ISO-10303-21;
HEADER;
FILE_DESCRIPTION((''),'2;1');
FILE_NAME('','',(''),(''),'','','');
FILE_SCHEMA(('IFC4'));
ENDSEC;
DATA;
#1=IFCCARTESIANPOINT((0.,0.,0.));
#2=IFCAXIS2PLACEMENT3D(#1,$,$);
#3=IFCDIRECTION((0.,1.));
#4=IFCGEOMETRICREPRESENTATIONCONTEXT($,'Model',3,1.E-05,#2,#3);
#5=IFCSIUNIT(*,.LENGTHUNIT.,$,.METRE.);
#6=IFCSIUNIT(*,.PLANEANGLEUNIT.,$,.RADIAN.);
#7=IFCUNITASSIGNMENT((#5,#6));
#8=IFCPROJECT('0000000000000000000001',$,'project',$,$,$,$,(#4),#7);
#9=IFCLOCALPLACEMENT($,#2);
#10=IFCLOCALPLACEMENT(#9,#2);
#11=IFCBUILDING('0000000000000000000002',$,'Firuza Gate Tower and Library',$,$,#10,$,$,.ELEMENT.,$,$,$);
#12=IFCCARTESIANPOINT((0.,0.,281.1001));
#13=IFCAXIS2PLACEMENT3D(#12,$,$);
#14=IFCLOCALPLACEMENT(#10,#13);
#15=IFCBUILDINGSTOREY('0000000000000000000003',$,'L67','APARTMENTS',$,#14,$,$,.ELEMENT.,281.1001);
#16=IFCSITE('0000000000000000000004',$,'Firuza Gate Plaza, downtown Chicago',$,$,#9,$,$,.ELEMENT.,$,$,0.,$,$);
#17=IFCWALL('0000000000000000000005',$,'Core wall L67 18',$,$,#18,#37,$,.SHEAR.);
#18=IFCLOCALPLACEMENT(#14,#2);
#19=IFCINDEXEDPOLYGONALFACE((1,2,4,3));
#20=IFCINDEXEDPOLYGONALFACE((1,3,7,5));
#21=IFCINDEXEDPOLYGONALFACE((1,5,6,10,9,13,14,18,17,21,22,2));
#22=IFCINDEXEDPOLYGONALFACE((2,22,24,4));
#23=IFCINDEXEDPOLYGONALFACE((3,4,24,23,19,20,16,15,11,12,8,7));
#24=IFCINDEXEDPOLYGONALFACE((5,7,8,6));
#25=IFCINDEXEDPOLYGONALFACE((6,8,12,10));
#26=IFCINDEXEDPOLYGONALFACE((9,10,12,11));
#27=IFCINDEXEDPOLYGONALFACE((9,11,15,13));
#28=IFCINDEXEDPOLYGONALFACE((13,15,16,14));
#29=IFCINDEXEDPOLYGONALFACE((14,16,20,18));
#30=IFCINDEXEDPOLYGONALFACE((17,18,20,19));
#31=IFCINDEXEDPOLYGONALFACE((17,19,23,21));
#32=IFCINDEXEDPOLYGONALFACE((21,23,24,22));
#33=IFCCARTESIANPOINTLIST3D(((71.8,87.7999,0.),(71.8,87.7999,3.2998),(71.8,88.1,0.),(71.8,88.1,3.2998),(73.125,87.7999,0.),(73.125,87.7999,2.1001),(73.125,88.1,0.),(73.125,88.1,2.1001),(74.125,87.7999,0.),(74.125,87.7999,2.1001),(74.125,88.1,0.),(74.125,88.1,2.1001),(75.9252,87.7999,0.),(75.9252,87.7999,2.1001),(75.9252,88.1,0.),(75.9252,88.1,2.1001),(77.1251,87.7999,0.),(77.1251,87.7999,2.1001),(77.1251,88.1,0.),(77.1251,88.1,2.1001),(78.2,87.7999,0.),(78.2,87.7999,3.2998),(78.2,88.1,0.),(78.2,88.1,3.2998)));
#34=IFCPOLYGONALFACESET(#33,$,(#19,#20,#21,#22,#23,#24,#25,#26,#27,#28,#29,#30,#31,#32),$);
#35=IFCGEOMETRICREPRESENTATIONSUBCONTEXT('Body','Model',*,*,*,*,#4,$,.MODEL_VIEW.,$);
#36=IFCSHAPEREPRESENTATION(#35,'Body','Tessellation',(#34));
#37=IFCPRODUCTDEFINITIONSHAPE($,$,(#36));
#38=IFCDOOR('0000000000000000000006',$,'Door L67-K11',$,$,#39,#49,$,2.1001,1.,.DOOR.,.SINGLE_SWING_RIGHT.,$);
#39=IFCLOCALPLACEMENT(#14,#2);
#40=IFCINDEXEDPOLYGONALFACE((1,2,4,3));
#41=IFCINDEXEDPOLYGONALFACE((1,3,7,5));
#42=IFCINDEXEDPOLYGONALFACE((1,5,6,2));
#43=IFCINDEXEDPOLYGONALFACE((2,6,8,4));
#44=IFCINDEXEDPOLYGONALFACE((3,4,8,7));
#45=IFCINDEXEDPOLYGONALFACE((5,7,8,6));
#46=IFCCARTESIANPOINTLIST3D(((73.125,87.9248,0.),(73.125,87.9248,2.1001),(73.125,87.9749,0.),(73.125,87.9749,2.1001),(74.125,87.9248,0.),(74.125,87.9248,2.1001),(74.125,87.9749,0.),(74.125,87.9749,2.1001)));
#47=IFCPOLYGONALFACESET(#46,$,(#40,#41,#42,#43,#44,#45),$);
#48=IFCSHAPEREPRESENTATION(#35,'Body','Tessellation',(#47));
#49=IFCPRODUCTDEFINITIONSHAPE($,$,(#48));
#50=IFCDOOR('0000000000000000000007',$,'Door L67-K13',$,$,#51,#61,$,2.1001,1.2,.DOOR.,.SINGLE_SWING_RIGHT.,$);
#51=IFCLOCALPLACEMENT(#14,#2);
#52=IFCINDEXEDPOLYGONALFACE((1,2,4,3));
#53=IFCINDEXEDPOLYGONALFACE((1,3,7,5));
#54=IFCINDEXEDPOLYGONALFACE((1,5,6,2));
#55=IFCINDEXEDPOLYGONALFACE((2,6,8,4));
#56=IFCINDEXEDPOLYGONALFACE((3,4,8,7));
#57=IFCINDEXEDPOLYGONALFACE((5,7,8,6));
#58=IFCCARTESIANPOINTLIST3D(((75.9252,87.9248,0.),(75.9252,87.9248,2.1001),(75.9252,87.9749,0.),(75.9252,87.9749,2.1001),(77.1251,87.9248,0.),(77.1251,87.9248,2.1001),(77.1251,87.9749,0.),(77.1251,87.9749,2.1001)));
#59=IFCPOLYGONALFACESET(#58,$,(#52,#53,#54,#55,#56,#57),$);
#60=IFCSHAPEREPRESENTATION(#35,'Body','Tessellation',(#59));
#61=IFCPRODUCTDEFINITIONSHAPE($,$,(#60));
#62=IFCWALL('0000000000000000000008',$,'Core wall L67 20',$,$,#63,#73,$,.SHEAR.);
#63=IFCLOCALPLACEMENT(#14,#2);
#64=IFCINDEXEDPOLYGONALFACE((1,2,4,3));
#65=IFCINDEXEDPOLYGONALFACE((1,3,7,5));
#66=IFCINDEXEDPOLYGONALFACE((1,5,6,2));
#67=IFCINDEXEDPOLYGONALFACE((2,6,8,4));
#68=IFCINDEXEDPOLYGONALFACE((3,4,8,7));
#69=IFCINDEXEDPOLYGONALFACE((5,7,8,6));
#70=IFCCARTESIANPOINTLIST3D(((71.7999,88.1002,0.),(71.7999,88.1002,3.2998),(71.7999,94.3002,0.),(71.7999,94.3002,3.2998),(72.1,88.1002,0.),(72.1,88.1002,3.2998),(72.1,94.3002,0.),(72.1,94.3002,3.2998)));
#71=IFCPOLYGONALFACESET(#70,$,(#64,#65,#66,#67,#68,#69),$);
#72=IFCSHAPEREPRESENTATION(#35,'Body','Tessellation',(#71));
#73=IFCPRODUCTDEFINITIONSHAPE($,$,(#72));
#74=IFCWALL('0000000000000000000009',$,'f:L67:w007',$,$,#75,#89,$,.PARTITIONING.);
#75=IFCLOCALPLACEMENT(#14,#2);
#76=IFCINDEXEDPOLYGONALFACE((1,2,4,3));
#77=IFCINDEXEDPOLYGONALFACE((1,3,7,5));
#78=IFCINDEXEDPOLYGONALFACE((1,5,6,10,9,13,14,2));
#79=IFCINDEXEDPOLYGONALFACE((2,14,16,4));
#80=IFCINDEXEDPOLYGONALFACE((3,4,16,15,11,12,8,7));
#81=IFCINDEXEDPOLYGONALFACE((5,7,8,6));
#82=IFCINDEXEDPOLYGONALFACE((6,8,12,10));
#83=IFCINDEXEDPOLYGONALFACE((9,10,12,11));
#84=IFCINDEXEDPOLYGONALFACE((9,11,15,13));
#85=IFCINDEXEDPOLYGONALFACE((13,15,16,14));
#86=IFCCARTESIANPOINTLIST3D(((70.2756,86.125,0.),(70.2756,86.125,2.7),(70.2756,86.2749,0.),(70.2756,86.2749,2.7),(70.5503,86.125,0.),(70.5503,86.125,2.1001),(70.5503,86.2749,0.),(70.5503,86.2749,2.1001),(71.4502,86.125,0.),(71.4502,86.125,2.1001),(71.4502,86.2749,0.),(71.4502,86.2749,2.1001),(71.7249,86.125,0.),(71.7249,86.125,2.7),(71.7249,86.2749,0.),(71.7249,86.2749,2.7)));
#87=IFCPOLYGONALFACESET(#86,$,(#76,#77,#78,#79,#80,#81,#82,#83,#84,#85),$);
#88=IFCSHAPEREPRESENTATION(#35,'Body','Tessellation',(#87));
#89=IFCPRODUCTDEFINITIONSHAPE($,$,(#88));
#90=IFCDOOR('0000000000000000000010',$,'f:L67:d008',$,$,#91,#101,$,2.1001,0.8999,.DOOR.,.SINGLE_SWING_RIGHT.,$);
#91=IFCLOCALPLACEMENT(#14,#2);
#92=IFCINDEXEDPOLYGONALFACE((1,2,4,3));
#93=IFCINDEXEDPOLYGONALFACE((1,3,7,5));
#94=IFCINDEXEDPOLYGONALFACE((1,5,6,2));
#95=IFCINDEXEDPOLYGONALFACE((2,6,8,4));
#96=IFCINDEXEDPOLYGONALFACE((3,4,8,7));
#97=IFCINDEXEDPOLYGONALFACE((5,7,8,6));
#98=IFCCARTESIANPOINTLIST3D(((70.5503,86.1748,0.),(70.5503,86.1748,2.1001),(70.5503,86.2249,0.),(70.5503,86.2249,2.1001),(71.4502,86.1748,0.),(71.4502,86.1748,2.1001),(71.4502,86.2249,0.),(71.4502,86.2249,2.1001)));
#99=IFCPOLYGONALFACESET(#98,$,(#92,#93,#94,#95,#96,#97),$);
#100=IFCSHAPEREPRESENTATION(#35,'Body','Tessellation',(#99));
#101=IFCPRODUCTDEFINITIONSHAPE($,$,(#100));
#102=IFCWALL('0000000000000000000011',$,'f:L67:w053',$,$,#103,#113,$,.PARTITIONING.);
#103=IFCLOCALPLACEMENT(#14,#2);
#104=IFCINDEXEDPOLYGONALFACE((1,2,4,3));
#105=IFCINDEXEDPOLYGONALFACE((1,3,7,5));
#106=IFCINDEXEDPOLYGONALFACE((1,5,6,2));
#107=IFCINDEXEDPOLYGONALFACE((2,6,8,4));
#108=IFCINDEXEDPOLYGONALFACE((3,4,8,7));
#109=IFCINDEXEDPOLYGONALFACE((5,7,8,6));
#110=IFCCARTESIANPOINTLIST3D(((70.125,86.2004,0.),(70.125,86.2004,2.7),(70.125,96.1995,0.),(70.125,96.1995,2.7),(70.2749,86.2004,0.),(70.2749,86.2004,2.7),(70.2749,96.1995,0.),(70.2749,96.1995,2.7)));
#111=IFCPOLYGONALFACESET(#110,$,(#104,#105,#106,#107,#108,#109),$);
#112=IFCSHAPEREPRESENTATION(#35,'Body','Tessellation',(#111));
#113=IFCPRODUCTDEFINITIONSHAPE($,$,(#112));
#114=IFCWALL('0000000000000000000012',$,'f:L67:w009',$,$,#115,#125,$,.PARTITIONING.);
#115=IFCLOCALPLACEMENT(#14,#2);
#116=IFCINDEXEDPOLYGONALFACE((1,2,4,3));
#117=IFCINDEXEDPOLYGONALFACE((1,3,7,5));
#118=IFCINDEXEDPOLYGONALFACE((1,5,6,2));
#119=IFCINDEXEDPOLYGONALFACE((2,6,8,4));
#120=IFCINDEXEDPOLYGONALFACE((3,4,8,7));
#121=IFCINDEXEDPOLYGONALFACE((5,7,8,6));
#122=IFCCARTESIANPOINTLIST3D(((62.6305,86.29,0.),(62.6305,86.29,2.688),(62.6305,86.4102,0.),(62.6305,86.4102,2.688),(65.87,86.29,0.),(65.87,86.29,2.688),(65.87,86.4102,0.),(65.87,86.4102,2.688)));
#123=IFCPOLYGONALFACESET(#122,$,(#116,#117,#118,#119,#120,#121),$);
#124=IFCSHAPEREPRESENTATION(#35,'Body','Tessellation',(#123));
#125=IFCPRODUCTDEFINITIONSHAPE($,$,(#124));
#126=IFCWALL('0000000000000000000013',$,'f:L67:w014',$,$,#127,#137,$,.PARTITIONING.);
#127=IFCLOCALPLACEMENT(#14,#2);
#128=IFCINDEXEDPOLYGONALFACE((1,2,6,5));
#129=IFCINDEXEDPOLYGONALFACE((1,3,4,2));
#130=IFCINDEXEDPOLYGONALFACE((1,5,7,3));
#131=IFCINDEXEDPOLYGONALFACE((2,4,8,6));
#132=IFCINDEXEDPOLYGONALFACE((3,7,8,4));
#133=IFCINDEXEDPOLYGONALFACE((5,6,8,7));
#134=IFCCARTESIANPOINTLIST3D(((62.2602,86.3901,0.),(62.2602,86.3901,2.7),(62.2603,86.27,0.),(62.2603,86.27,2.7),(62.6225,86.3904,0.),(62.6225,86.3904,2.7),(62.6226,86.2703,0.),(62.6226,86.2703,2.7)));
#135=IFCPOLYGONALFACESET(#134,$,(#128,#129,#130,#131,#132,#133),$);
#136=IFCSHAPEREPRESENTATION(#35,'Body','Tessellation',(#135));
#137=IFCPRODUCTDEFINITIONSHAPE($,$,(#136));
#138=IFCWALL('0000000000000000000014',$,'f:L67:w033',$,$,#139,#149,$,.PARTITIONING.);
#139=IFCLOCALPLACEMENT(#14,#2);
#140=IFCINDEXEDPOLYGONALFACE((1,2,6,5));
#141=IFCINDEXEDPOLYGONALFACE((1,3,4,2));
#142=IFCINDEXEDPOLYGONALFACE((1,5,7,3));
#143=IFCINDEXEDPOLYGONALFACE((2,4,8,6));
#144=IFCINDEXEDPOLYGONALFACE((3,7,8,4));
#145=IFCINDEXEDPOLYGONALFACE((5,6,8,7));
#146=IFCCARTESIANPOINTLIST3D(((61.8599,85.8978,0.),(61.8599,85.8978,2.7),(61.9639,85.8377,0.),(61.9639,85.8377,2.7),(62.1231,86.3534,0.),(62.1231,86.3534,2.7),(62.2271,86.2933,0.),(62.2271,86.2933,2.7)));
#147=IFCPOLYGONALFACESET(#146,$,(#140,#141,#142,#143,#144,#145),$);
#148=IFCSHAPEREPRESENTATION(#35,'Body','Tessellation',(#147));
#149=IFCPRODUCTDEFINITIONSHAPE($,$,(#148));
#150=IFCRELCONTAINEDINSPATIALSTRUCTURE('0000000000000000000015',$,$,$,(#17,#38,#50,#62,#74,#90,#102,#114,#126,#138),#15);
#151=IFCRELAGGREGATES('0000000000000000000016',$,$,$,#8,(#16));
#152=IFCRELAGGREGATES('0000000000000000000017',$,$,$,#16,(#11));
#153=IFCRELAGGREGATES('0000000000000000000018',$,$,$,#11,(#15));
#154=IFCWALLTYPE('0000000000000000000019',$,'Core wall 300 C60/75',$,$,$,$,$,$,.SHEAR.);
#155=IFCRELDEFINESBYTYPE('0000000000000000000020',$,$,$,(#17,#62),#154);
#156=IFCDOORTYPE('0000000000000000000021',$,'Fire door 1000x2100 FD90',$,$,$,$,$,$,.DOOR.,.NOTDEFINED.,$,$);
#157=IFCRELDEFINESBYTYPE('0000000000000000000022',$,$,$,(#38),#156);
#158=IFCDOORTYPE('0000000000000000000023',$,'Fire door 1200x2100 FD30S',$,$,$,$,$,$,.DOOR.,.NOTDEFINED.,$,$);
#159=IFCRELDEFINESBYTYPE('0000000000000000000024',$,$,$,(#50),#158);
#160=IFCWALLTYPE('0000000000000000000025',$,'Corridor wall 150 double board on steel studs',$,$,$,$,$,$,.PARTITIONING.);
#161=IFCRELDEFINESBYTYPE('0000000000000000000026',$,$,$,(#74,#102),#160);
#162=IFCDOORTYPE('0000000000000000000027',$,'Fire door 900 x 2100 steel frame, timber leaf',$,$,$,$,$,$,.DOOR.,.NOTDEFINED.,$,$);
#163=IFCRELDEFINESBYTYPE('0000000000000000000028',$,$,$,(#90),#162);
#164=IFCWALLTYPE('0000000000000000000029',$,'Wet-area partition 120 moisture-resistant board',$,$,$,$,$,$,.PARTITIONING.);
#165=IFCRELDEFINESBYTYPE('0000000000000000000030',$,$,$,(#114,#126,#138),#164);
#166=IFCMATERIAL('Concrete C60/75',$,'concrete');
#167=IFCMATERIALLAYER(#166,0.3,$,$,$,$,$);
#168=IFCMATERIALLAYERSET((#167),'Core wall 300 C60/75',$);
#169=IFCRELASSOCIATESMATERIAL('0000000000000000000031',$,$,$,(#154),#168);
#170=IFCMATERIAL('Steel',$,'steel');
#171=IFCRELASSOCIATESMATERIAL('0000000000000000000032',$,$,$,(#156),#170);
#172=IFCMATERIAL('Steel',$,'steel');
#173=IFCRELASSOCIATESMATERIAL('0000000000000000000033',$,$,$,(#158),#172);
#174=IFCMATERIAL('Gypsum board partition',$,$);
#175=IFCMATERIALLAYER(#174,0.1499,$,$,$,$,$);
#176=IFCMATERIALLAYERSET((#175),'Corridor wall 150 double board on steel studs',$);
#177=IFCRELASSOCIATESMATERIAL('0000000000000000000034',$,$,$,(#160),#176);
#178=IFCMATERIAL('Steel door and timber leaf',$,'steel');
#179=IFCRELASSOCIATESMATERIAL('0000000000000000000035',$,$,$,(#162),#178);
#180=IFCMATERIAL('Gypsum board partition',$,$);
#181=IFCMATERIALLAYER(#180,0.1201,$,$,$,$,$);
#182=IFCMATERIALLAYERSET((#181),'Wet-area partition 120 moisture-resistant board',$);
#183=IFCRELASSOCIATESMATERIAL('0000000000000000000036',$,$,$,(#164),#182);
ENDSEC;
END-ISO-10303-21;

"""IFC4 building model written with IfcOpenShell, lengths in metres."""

from ifc_helpers import new_model, si_unit, direction, frame, frame_2d, origin, place, context, subcontext, project, spatial, rectangle, extrude, material, layer, layer_set, type_object, element, fill, save


model = new_model("IFC4")

# Units and contexts
model_context = context("Model", 3, precision=1e-05, world=origin(), true_north=direction((0.0, 1.0)))
body_context = subcontext(model_context, "Body", "Model", "MODEL_VIEW")
ifc_project = project(units=[si_unit("LENGTHUNIT", "METRE"), si_unit("PLANEANGLEUNIT", "RADIAN")], contexts=[model_context])

# Site, building, storey
site_placement = place(None, origin())
site = spatial("IfcSite", under=ifc_project, at=site_placement, Name="Firuza Gate Plaza, downtown Chicago", CompositionType="ELEMENT", RefElevation=0.0)
building_placement = place(site_placement, origin())
building = spatial("IfcBuilding", under=site, at=building_placement, Name="Firuza Gate Tower and Library", CompositionType="ELEMENT")
storey_placement = place(building_placement, frame((0.0, 0.0, 281.1001)))
storey = spatial("IfcBuildingStorey", under=building, at=storey_placement, Name="L67", Description="APARTMENTS", CompositionType="ELEMENT", Elevation=281.1001)

# Wall, openings, doors
ifc_material_1 = material(Name="Concrete C60/75", Category="concrete")
ifc_layer_1 = layer(ifc_material_1, 0.3)
ifc_layer_set_1 = layer_set([ifc_layer_1], Name="Core wall 300 C60/75")
wall_type_1 = type_object("IfcWallType", Name="Core wall 300 C60/75", PredefinedType="SHEAR", material=ifc_layer_set_1)
wall_1_placement = place(storey_placement, frame((71.8, 87.95, 0.0), z_axis=(0.0, 0.0, 1.0), x_axis=(1.0, 0.0, 0.0)))
wall_1 = element("IfcWall", 1, at=wall_1_placement, inside=storey, type_object=wall_type_1, Name="Core wall L67 18", PredefinedType="SHEAR", context=body_context, shape_type="SweptSolid", body=[
    extrude(rectangle(XDim=6.3999, YDim=0.3, at=frame_2d((3.2, 0.0))), origin(), (0.0, 0.0, 1.0), 3.2998),
])
opening_1_placement = place(wall_1_placement, frame((1.325, 0.0, 0.0)))
opening_1 = element("IfcOpeningElement", 2, at=opening_1_placement, cuts=wall_1, PredefinedType="OPENING", context=body_context, shape_type="SweptSolid", body=[
    extrude(rectangle(XDim=1.0, YDim=2.1001, at=frame_2d((0.5, 1.05))), frame((0.0, 0.1602, 0.0), z_axis=(0.0, -1.0, 0.0), x_axis=(1.0, 0.0, 0.0)), (0.0, 0.0, 1.0), 0.3201),
])
opening_2_placement = place(wall_1_placement, frame((4.125, 0.0, 0.0)))
opening_2 = element("IfcOpeningElement", 3, at=opening_2_placement, cuts=wall_1, PredefinedType="OPENING", context=body_context, shape_type="SweptSolid", body=[
    extrude(rectangle(XDim=1.2, YDim=2.1001, at=frame_2d((0.6001, 1.05))), frame((0.0, 0.1602, 0.0), z_axis=(0.0, -1.0, 0.0), x_axis=(1.0, 0.0, 0.0)), (0.0, 0.0, 1.0), 0.3201),
])
ifc_material_2 = material(Name="Steel", Category="steel")
door_type_1 = type_object("IfcDoorType", Name="Fire door 1000x2100 FD90", OperationType="NOTDEFINED", PredefinedType="DOOR", material=ifc_material_2)
door_1_placement = place(opening_1_placement, origin())
door_1 = element("IfcDoor", 4, at=door_1_placement, inside=storey, type_object=door_type_1, Name="Door L67-K11", OperationType="SINGLE_SWING_RIGHT", OverallHeight=2.1001, OverallWidth=1.0, PredefinedType="DOOR", context=body_context, shape_type="SweptSolid", body=[
    extrude(rectangle(XDim=1.0, YDim=2.1001, at=frame_2d((0.5, 1.05))), frame((0.0, 0.0249, 0.0), z_axis=(0.0, -1.0, 0.0), x_axis=(1.0, 0.0, 0.0)), (0.0, 0.0, 1.0), 0.05),
])
fill(opening_1, door_1)
ifc_material_3 = material(Name="Steel", Category="steel")
door_type_2 = type_object("IfcDoorType", Name="Fire door 1200x2100 FD30S", OperationType="NOTDEFINED", PredefinedType="DOOR", material=ifc_material_3)
door_2_placement = place(opening_2_placement, origin())
door_2 = element("IfcDoor", 5, at=door_2_placement, inside=storey, type_object=door_type_2, Name="Door L67-K13", OperationType="SINGLE_SWING_RIGHT", OverallHeight=2.1001, OverallWidth=1.2, PredefinedType="DOOR", context=body_context, shape_type="SweptSolid", body=[
    extrude(rectangle(XDim=1.2, YDim=2.1001, at=frame_2d((0.6001, 1.05))), frame((0.0, 0.0249, 0.0), z_axis=(0.0, -1.0, 0.0), x_axis=(1.0, 0.0, 0.0)), (0.0, 0.0, 1.0), 0.05),
])
fill(opening_2, door_2)

# Wall
wall_2_placement = place(storey_placement, frame((71.95, 88.1001, 0.0), z_axis=(0.0, 0.0, 1.0), x_axis=(0.0, 1.0, 0.0)))
element("IfcWall", 6, at=wall_2_placement, inside=storey, type_object=wall_type_1, Name="Core wall L67 20", PredefinedType="SHEAR", context=body_context, shape_type="SweptSolid", body=[
    extrude(rectangle(XDim=6.2, YDim=0.3, at=frame_2d((3.1001, 0.0))), origin(), (0.0, 0.0, 1.0), 3.2998),
])

# Wall, opening, door
ifc_material_4 = material(Name="Gypsum board partition")
ifc_layer_2 = layer(ifc_material_4, 0.1499)
ifc_layer_set_2 = layer_set([ifc_layer_2], Name="Corridor wall 150 double board on steel studs")
wall_type_2 = type_object("IfcWallType", Name="Corridor wall 150 double board on steel studs", PredefinedType="PARTITIONING", material=ifc_layer_set_2)
wall_3_placement = place(storey_placement, frame((70.2756, 86.2, 0.0), z_axis=(0.0, 0.0, 1.0), x_axis=(1.0, 0.0, 0.0)))
wall_3 = element("IfcWall", 7, at=wall_3_placement, inside=storey, type_object=wall_type_2, Name="f:L67:w007", PredefinedType="PARTITIONING", context=body_context, shape_type="SweptSolid", body=[
    extrude(rectangle(XDim=1.4492, YDim=0.1499, at=frame_2d((0.7246, 0.0))), origin(), (0.0, 0.0, 1.0), 2.7),
])
opening_3_placement = place(wall_3_placement, frame((0.2747, 0.0, 0.0)))
opening_3 = element("IfcOpeningElement", 8, at=opening_3_placement, cuts=wall_3, PredefinedType="OPENING", context=body_context, shape_type="SweptSolid", body=[
    extrude(rectangle(XDim=0.8999, YDim=2.1001, at=frame_2d((0.45, 1.05))), frame((0.0, 0.085, 0.0), z_axis=(0.0, -1.0, 0.0), x_axis=(1.0, 0.0, 0.0)), (0.0, 0.0, 1.0), 0.1699),
])
ifc_material_5 = material(Name="Steel door and timber leaf", Category="steel")
door_type_3 = type_object("IfcDoorType", Name="Fire door 900 x 2100 steel frame, timber leaf", OperationType="NOTDEFINED", PredefinedType="DOOR", material=ifc_material_5)
door_3_placement = place(opening_3_placement, origin())
door_3 = element("IfcDoor", 9, at=door_3_placement, inside=storey, type_object=door_type_3, Name="f:L67:d008", OperationType="SINGLE_SWING_RIGHT", OverallHeight=2.1001, OverallWidth=0.8999, PredefinedType="DOOR", context=body_context, shape_type="SweptSolid", body=[
    extrude(rectangle(XDim=0.8999, YDim=2.1001, at=frame_2d((0.45, 1.05))), frame((0.0, 0.0249, 0.0), z_axis=(0.0, -1.0, 0.0), x_axis=(1.0, 0.0, 0.0)), (0.0, 0.0, 1.0), 0.05),
])
fill(opening_3, door_3)

# Walls
wall_4_placement = place(storey_placement, frame((70.2, 86.2004, 0.0), z_axis=(0.0, 0.0, 1.0), x_axis=(0.0, 1.0, 0.0)))
element("IfcWall", 10, at=wall_4_placement, inside=storey, type_object=wall_type_2, Name="f:L67:w053", PredefinedType="PARTITIONING", context=body_context, shape_type="SweptSolid", body=[
    extrude(rectangle(XDim=9.999, YDim=0.1499, at=frame_2d((4.9995, 0.0))), origin(), (0.0, 0.0, 1.0), 2.7),
])
ifc_material_6 = material(Name="Gypsum board partition")
ifc_layer_3 = layer(ifc_material_6, 0.1201)
ifc_layer_set_3 = layer_set([ifc_layer_3], Name="Wet-area partition 120 moisture-resistant board")
wall_type_3 = type_object("IfcWallType", Name="Wet-area partition 120 moisture-resistant board", PredefinedType="PARTITIONING", material=ifc_layer_set_3)
wall_5_placement = place(storey_placement, frame((62.6306, 86.3501, 0.0), z_axis=(0.0, 0.0, 1.0), x_axis=(1.0, 0.0, 0.0)))
element("IfcWall", 11, at=wall_5_placement, inside=storey, type_object=wall_type_3, Name="f:L67:w009", PredefinedType="PARTITIONING", context=body_context, shape_type="SweptSolid", body=[
    extrude(rectangle(XDim=3.2395, YDim=0.1201, at=frame_2d((1.6196, 0.0))), origin(), (0.0, 0.0, 1.0), 2.688),
])
wall_6_placement = place(storey_placement, frame((62.2603, 86.3301, 0.0), z_axis=(0.0, 0.0, 1.0), x_axis=(1.0, 0.000674, 0.0)))
element("IfcWall", 12, at=wall_6_placement, inside=storey, type_object=wall_type_3, Name="f:L67:w014", PredefinedType="PARTITIONING", context=body_context, shape_type="SweptSolid", body=[
    extrude(rectangle(XDim=0.3623, YDim=0.1201, at=frame_2d((0.1812, 0.0))), origin(), (0.0, 0.0, 1.0), 2.7),
])
wall_7_placement = place(storey_placement, frame((61.9119, 85.8677, 0.0), z_axis=(0.0, 0.0, 1.0), x_axis=(0.500231, 0.865892, 0.0)))
element("IfcWall", 13, at=wall_7_placement, inside=storey, type_object=wall_type_3, Name="f:L67:w033", PredefinedType="PARTITIONING", context=body_context, shape_type="SweptSolid", body=[
    extrude(rectangle(XDim=0.5261, YDim=0.1201, at=frame_2d((0.2632, 0.0))), origin(), (0.0, 0.0, 1.0), 2.7),
])

save(model, "model.ifc")
